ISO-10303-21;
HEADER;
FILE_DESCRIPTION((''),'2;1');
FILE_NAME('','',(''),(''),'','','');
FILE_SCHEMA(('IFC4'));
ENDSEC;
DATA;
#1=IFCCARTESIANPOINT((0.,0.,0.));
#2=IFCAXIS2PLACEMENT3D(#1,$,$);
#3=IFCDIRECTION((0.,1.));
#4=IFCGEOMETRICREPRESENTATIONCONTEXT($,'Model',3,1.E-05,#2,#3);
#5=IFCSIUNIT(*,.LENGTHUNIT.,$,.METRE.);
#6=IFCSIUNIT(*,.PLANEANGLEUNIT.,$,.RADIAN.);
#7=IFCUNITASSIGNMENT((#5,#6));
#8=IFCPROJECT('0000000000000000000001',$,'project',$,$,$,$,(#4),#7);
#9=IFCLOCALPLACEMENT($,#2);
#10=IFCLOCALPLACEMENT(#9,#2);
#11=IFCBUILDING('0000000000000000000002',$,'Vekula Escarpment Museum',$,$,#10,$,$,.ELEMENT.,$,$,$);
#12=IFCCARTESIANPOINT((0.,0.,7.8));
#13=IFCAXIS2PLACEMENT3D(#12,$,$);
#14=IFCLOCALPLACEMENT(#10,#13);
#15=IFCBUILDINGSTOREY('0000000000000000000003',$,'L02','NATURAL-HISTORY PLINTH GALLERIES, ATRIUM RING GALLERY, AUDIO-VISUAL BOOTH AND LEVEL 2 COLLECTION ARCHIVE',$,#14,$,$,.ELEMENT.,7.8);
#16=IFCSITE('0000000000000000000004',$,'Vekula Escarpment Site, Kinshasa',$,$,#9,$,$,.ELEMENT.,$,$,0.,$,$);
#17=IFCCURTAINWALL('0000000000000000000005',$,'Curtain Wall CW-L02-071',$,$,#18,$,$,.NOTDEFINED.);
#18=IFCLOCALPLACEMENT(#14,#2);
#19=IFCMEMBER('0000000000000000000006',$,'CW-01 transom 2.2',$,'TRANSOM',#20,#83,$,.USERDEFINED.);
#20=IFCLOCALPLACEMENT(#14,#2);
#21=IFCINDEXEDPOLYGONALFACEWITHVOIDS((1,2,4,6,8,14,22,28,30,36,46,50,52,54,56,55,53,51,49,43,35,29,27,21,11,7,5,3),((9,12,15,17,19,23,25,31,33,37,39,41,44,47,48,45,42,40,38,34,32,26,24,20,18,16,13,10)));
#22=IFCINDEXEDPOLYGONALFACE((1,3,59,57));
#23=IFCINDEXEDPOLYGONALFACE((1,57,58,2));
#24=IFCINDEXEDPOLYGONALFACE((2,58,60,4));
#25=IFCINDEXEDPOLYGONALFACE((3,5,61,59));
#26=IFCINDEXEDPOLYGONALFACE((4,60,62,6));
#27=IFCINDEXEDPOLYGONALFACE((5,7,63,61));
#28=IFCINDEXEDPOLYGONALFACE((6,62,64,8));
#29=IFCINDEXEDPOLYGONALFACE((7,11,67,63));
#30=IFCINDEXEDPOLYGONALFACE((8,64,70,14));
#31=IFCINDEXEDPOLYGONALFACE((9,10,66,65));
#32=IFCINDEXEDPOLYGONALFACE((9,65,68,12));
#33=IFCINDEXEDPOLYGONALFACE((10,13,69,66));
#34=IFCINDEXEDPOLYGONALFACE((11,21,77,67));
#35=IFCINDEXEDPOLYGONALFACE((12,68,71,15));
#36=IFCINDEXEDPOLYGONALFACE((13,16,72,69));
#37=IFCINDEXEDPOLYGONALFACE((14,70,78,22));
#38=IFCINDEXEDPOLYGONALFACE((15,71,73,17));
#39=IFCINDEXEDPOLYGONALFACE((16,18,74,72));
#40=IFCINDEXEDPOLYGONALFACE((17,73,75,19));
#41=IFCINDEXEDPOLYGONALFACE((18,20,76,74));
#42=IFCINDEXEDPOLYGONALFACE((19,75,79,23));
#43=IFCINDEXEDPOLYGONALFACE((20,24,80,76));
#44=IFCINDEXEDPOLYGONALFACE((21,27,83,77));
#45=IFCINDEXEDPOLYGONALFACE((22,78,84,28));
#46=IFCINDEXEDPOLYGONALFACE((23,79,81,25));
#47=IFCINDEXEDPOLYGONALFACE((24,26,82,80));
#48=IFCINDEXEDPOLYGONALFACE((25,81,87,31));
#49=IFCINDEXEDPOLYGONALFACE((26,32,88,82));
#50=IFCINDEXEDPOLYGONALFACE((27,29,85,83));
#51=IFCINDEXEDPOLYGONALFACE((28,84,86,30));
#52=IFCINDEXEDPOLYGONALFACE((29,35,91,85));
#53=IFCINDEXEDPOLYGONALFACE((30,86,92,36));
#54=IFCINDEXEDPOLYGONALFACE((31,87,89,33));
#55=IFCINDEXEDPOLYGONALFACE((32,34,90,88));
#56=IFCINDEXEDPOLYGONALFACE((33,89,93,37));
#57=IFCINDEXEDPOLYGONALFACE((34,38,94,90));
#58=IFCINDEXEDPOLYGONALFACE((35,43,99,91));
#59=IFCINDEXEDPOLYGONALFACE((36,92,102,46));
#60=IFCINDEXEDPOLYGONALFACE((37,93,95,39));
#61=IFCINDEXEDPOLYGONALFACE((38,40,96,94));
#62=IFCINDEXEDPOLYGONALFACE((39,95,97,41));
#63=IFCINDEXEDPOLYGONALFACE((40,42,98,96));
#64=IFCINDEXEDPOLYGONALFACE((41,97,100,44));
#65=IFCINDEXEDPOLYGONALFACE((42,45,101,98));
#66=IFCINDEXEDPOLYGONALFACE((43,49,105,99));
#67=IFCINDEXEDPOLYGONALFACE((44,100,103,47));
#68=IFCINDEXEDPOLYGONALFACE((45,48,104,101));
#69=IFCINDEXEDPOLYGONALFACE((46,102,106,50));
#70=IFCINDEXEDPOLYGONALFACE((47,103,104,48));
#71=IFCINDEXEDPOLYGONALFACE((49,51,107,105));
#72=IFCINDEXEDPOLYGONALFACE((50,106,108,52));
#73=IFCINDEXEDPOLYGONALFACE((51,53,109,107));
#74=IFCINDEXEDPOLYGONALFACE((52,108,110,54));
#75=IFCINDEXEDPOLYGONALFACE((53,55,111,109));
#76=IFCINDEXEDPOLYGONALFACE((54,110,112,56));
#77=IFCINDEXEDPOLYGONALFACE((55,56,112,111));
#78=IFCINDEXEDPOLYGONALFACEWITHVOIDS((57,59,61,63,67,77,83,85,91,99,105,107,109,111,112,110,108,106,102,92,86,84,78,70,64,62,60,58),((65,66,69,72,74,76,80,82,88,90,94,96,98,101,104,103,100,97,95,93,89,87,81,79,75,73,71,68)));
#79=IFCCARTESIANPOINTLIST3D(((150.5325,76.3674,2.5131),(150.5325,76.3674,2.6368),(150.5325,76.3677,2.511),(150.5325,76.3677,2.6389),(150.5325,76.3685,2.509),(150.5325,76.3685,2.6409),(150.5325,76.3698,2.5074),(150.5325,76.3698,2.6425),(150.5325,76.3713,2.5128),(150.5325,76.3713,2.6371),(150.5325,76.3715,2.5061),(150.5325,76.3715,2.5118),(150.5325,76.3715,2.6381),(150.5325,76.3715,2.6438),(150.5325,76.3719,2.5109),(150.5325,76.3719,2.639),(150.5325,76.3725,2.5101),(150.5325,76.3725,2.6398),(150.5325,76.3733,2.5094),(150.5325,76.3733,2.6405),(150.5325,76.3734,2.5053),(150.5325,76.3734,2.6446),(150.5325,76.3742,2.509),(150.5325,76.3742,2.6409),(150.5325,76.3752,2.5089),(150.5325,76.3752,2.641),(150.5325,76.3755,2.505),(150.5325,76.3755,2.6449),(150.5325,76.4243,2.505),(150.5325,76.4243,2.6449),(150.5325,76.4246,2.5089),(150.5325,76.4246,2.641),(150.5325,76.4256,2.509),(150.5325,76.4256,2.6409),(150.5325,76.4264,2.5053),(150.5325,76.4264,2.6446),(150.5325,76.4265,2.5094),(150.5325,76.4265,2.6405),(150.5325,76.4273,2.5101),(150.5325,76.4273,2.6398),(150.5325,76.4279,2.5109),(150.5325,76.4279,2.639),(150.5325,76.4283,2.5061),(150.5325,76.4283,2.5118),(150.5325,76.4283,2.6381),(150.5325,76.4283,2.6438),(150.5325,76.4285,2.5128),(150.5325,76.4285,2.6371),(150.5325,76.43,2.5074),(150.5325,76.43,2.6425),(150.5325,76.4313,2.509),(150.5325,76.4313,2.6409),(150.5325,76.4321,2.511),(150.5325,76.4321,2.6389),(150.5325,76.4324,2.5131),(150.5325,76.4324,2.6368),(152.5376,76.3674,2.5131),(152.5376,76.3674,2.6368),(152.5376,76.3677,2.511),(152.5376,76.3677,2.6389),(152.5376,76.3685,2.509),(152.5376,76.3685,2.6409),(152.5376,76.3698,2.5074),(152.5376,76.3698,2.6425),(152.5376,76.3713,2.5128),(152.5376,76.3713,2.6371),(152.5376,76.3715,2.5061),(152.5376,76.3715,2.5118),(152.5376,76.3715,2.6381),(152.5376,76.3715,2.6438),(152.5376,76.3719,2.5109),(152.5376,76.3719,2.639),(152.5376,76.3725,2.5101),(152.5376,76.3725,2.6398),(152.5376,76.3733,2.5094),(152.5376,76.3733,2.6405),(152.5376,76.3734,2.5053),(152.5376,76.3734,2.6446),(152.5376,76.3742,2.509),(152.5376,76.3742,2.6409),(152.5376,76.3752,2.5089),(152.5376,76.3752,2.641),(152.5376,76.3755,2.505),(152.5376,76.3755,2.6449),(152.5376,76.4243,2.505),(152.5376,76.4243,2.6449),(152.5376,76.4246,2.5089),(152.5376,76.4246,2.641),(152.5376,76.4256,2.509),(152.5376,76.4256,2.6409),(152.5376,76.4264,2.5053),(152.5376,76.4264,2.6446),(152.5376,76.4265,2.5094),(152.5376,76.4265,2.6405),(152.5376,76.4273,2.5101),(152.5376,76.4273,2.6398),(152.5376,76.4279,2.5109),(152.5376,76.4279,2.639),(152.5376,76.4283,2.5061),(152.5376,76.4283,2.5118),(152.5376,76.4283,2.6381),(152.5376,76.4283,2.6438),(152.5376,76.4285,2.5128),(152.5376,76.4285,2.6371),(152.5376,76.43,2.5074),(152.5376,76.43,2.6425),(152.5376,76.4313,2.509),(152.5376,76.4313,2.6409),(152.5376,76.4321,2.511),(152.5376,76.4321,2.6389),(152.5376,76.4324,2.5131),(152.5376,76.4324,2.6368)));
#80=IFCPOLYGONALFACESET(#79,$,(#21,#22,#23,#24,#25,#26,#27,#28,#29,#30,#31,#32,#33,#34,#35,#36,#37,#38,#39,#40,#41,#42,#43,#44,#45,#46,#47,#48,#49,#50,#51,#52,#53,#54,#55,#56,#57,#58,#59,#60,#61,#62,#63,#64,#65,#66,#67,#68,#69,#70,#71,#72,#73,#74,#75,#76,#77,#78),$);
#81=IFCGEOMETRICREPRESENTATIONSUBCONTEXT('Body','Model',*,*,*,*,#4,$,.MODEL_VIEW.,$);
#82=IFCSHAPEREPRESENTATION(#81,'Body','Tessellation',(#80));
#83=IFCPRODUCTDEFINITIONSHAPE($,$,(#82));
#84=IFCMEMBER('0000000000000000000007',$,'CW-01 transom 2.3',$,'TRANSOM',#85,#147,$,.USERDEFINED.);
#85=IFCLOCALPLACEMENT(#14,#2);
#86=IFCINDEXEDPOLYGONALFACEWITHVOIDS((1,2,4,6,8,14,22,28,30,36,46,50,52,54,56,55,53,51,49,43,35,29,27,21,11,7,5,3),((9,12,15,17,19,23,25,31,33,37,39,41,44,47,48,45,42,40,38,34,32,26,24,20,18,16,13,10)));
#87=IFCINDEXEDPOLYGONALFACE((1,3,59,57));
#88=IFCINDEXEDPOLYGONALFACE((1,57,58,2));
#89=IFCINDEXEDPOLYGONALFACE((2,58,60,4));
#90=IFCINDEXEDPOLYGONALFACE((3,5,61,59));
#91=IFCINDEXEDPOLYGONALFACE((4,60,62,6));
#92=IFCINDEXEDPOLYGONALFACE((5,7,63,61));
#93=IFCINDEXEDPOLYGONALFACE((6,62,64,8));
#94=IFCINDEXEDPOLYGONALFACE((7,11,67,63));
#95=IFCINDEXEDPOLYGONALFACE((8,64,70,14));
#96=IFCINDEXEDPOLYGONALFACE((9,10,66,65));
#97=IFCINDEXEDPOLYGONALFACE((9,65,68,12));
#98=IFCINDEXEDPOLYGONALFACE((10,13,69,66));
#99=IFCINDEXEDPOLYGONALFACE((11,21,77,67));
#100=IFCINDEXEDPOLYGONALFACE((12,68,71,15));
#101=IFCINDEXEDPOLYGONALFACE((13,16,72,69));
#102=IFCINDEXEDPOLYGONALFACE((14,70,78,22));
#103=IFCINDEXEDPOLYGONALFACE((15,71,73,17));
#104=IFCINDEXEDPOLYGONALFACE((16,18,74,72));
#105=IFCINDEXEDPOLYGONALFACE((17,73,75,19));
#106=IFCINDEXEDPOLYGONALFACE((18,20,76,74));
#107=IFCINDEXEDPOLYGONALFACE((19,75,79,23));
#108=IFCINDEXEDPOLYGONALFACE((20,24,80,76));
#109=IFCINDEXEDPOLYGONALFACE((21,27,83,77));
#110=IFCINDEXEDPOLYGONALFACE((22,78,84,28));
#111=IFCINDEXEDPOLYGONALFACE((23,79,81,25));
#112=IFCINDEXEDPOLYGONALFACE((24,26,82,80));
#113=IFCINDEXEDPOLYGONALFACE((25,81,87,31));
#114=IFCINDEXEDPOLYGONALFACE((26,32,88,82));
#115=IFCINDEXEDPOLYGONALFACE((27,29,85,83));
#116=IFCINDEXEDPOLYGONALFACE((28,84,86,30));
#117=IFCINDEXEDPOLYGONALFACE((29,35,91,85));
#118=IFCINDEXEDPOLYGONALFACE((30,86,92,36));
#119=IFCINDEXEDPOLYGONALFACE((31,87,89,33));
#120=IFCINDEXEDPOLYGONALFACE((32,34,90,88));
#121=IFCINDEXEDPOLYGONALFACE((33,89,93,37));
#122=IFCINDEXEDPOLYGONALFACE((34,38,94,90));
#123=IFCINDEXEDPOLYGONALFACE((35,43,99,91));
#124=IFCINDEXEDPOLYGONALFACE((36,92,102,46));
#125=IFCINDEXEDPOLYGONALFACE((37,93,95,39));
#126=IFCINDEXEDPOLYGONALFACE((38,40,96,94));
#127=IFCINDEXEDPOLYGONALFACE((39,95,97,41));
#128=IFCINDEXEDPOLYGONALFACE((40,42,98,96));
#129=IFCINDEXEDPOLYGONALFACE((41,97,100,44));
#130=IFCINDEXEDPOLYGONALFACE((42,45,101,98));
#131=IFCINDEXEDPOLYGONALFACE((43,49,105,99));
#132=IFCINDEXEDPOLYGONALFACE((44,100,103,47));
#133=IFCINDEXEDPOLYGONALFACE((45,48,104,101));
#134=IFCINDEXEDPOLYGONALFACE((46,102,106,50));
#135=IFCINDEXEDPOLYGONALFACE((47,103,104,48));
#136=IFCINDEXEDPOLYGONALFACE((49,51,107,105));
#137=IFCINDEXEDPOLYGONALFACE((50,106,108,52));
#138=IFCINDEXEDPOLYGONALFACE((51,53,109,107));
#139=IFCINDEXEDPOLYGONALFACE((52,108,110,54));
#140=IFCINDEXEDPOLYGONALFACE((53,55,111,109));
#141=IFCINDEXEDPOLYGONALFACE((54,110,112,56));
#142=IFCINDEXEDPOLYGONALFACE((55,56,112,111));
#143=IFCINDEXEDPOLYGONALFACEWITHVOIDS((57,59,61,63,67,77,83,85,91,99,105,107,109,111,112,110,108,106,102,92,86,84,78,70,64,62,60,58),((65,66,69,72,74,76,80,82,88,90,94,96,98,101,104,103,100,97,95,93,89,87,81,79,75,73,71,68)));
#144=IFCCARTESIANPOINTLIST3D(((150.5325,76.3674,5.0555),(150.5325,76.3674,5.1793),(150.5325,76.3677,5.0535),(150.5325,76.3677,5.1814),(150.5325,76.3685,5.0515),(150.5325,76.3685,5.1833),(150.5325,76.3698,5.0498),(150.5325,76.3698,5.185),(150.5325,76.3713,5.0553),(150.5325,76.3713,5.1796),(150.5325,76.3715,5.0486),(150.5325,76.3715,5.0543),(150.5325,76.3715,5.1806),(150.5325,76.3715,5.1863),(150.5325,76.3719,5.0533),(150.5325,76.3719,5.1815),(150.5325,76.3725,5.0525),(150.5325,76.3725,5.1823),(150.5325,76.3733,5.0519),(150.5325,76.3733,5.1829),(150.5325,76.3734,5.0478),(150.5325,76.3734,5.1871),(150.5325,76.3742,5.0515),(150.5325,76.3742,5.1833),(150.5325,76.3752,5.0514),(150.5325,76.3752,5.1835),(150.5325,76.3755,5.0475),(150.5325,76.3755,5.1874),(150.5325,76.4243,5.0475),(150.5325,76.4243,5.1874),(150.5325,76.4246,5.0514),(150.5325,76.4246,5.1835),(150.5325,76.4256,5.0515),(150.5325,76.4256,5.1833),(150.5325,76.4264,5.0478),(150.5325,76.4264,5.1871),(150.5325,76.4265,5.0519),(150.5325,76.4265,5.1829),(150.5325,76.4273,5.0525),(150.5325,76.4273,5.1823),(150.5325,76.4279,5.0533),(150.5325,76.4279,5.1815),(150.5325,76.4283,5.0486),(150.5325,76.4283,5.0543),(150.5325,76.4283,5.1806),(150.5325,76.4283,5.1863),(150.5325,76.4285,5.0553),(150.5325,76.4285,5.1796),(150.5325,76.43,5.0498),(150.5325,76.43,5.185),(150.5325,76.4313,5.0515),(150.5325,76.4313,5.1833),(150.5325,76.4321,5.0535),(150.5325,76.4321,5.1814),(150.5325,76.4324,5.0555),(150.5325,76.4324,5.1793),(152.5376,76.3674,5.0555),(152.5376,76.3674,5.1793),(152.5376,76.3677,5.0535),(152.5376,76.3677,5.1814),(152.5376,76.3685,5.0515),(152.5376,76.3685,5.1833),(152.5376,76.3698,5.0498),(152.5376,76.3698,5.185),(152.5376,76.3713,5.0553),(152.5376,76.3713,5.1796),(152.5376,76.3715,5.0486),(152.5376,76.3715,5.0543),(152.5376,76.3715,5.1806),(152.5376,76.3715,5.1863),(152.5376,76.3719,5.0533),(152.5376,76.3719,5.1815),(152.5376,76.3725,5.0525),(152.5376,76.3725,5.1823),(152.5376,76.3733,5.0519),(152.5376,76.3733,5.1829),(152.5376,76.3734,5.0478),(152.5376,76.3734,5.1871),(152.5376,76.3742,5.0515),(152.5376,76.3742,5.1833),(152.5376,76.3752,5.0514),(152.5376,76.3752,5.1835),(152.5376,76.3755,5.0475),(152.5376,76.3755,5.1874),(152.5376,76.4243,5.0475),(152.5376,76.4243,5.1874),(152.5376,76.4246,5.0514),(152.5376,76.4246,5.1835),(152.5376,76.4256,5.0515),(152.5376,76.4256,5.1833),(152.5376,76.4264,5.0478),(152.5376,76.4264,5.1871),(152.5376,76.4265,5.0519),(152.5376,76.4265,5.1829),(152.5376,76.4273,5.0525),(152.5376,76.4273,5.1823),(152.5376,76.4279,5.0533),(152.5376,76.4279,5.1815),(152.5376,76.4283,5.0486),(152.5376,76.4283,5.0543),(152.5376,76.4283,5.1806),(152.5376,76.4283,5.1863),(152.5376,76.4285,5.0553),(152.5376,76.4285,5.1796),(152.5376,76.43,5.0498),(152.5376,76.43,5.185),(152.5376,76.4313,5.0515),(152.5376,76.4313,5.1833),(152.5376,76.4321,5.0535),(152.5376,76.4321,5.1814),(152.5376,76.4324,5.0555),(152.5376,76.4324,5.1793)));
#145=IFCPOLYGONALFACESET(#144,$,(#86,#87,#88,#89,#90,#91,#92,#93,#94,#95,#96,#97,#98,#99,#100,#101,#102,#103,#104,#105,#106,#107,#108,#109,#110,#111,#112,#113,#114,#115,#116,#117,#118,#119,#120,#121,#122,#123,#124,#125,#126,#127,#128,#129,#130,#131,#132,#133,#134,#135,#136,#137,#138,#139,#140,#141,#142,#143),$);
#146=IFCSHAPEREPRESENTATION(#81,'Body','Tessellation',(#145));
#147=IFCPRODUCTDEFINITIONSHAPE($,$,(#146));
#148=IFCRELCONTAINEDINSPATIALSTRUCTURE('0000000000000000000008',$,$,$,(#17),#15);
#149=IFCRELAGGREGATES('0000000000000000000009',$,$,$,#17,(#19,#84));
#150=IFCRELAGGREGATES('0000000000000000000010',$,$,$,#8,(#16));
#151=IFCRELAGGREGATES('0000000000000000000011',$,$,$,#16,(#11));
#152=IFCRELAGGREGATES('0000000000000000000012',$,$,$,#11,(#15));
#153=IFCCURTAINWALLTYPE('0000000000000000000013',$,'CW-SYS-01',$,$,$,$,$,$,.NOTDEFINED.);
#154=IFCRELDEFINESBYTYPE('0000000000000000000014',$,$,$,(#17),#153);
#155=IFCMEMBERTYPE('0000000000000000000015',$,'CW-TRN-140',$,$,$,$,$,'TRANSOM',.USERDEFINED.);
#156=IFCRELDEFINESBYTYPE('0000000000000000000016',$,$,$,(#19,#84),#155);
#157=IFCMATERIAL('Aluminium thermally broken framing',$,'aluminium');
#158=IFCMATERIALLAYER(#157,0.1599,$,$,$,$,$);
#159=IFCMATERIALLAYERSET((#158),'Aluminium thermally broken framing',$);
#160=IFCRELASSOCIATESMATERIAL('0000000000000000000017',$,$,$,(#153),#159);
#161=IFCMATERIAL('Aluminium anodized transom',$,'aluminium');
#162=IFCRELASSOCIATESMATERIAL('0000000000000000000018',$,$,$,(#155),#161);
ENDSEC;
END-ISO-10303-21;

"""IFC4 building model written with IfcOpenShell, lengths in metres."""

from ifc_helpers import new_model, si_unit, direction, frame, origin, origin_2d, place, context, subcontext, project, spatial, hollow_rectangle, extrude, material, layer, layer_set, material_profile, profile_set, type_object, element, aggregate, save


model = new_model("IFC4")

# Units and contexts
model_context = context("Model", 3, precision=1e-05, world=origin(), true_north=direction((0.0, 1.0)))
body_context = subcontext(model_context, "Body", "Model", "MODEL_VIEW")
ifc_project = project(units=[si_unit("LENGTHUNIT", "METRE"), si_unit("PLANEANGLEUNIT", "RADIAN")], contexts=[model_context])

# Site, building, storey
site_placement = place(None, origin())
site = spatial("IfcSite", under=ifc_project, at=site_placement, Name="Vekula Escarpment Site, Kinshasa", CompositionType="ELEMENT", RefElevation=0.0)
building_placement = place(site_placement, origin())
building = spatial("IfcBuilding", under=site, at=building_placement, Name="Vekula Escarpment Museum", CompositionType="ELEMENT")
storey_placement = place(building_placement, frame((0.0, 0.0, 7.8)))
storey = spatial("IfcBuildingStorey", under=building, at=storey_placement, Name="L02", Description="NATURAL-HISTORY PLINTH GALLERIES, ATRIUM RING GALLERY, AUDIO-VISUAL BOOTH AND LEVEL 2 COLLECTION ARCHIVE", CompositionType="ELEMENT", Elevation=7.8)

# Curtain wall
ifc_material_1 = material(Name="Aluminium thermally broken framing", Category="aluminium")
ifc_layer_1 = layer(ifc_material_1, 0.1599)
ifc_layer_set_1 = layer_set([ifc_layer_1], Name="Aluminium thermally broken framing")
curtain_wall_type_1 = type_object("IfcCurtainWallType", Name="CW-SYS-01", PredefinedType="NOTDEFINED", material=ifc_layer_set_1)
curtain_wall_1_placement = place(storey_placement, origin())
curtain_wall_1 = element("IfcCurtainWall", 1, at=curtain_wall_1_placement, inside=storey, type_object=curtain_wall_type_1, Name="Curtain Wall CW-L02-071", PredefinedType="NOTDEFINED")

# Members
ifc_material_2 = material(Name="Aluminium anodized transom", Category="aluminium")
ifc_material_profile_1 = material_profile(ifc_material_2, hollow_rectangle(XDim=0.0649, YDim=0.1399, WallThickness=0.0039, InnerFilletRadius=0.0039, OuterFilletRadius=0.0081, at=origin_2d()), Name="ALU 140x65x4")
ifc_profile_set_1 = profile_set([ifc_material_profile_1], Name="Aluminium anodized transom")
member_type_1 = type_object("IfcMemberType", Name="CW-TRN-140", ElementType="TRANSOM", PredefinedType="USERDEFINED", material=ifc_profile_set_1)
member_1_placement = place(storey_placement, frame((152.5376, 76.3999, 2.575), z_axis=(-1.0, 0.0, 0.0), x_axis=(0.0, -1.0, 0.0)))
member_1 = element("IfcMember", 2, at=member_1_placement, type_object=member_type_1, Name="CW-01 transom 2.2", ObjectType="TRANSOM", PredefinedType="USERDEFINED", context=body_context, shape_type="SweptSolid", body=[
    extrude(hollow_rectangle(XDim=0.0649, YDim=0.1399, WallThickness=0.0039, InnerFilletRadius=0.0039, OuterFilletRadius=0.0081, at=origin_2d()), origin(), (0.0, 0.0, 1.0), 2.0051),
])
member_2_placement = place(storey_placement, frame((152.5376, 76.3999, 5.1174), z_axis=(-1.0, 0.0, 0.0), x_axis=(0.0, -1.0, 0.0)))
member_2 = element("IfcMember", 3, at=member_2_placement, type_object=member_type_1, Name="CW-01 transom 2.3", ObjectType="TRANSOM", PredefinedType="USERDEFINED", context=body_context, shape_type="SweptSolid", body=[
    extrude(hollow_rectangle(XDim=0.0649, YDim=0.1399, WallThickness=0.0039, InnerFilletRadius=0.0039, OuterFilletRadius=0.0081, at=origin_2d()), origin(), (0.0, 0.0, 1.0), 2.0051),
])

aggregate(curtain_wall_1, [member_1, member_2])

save(model, "model.ifc")
